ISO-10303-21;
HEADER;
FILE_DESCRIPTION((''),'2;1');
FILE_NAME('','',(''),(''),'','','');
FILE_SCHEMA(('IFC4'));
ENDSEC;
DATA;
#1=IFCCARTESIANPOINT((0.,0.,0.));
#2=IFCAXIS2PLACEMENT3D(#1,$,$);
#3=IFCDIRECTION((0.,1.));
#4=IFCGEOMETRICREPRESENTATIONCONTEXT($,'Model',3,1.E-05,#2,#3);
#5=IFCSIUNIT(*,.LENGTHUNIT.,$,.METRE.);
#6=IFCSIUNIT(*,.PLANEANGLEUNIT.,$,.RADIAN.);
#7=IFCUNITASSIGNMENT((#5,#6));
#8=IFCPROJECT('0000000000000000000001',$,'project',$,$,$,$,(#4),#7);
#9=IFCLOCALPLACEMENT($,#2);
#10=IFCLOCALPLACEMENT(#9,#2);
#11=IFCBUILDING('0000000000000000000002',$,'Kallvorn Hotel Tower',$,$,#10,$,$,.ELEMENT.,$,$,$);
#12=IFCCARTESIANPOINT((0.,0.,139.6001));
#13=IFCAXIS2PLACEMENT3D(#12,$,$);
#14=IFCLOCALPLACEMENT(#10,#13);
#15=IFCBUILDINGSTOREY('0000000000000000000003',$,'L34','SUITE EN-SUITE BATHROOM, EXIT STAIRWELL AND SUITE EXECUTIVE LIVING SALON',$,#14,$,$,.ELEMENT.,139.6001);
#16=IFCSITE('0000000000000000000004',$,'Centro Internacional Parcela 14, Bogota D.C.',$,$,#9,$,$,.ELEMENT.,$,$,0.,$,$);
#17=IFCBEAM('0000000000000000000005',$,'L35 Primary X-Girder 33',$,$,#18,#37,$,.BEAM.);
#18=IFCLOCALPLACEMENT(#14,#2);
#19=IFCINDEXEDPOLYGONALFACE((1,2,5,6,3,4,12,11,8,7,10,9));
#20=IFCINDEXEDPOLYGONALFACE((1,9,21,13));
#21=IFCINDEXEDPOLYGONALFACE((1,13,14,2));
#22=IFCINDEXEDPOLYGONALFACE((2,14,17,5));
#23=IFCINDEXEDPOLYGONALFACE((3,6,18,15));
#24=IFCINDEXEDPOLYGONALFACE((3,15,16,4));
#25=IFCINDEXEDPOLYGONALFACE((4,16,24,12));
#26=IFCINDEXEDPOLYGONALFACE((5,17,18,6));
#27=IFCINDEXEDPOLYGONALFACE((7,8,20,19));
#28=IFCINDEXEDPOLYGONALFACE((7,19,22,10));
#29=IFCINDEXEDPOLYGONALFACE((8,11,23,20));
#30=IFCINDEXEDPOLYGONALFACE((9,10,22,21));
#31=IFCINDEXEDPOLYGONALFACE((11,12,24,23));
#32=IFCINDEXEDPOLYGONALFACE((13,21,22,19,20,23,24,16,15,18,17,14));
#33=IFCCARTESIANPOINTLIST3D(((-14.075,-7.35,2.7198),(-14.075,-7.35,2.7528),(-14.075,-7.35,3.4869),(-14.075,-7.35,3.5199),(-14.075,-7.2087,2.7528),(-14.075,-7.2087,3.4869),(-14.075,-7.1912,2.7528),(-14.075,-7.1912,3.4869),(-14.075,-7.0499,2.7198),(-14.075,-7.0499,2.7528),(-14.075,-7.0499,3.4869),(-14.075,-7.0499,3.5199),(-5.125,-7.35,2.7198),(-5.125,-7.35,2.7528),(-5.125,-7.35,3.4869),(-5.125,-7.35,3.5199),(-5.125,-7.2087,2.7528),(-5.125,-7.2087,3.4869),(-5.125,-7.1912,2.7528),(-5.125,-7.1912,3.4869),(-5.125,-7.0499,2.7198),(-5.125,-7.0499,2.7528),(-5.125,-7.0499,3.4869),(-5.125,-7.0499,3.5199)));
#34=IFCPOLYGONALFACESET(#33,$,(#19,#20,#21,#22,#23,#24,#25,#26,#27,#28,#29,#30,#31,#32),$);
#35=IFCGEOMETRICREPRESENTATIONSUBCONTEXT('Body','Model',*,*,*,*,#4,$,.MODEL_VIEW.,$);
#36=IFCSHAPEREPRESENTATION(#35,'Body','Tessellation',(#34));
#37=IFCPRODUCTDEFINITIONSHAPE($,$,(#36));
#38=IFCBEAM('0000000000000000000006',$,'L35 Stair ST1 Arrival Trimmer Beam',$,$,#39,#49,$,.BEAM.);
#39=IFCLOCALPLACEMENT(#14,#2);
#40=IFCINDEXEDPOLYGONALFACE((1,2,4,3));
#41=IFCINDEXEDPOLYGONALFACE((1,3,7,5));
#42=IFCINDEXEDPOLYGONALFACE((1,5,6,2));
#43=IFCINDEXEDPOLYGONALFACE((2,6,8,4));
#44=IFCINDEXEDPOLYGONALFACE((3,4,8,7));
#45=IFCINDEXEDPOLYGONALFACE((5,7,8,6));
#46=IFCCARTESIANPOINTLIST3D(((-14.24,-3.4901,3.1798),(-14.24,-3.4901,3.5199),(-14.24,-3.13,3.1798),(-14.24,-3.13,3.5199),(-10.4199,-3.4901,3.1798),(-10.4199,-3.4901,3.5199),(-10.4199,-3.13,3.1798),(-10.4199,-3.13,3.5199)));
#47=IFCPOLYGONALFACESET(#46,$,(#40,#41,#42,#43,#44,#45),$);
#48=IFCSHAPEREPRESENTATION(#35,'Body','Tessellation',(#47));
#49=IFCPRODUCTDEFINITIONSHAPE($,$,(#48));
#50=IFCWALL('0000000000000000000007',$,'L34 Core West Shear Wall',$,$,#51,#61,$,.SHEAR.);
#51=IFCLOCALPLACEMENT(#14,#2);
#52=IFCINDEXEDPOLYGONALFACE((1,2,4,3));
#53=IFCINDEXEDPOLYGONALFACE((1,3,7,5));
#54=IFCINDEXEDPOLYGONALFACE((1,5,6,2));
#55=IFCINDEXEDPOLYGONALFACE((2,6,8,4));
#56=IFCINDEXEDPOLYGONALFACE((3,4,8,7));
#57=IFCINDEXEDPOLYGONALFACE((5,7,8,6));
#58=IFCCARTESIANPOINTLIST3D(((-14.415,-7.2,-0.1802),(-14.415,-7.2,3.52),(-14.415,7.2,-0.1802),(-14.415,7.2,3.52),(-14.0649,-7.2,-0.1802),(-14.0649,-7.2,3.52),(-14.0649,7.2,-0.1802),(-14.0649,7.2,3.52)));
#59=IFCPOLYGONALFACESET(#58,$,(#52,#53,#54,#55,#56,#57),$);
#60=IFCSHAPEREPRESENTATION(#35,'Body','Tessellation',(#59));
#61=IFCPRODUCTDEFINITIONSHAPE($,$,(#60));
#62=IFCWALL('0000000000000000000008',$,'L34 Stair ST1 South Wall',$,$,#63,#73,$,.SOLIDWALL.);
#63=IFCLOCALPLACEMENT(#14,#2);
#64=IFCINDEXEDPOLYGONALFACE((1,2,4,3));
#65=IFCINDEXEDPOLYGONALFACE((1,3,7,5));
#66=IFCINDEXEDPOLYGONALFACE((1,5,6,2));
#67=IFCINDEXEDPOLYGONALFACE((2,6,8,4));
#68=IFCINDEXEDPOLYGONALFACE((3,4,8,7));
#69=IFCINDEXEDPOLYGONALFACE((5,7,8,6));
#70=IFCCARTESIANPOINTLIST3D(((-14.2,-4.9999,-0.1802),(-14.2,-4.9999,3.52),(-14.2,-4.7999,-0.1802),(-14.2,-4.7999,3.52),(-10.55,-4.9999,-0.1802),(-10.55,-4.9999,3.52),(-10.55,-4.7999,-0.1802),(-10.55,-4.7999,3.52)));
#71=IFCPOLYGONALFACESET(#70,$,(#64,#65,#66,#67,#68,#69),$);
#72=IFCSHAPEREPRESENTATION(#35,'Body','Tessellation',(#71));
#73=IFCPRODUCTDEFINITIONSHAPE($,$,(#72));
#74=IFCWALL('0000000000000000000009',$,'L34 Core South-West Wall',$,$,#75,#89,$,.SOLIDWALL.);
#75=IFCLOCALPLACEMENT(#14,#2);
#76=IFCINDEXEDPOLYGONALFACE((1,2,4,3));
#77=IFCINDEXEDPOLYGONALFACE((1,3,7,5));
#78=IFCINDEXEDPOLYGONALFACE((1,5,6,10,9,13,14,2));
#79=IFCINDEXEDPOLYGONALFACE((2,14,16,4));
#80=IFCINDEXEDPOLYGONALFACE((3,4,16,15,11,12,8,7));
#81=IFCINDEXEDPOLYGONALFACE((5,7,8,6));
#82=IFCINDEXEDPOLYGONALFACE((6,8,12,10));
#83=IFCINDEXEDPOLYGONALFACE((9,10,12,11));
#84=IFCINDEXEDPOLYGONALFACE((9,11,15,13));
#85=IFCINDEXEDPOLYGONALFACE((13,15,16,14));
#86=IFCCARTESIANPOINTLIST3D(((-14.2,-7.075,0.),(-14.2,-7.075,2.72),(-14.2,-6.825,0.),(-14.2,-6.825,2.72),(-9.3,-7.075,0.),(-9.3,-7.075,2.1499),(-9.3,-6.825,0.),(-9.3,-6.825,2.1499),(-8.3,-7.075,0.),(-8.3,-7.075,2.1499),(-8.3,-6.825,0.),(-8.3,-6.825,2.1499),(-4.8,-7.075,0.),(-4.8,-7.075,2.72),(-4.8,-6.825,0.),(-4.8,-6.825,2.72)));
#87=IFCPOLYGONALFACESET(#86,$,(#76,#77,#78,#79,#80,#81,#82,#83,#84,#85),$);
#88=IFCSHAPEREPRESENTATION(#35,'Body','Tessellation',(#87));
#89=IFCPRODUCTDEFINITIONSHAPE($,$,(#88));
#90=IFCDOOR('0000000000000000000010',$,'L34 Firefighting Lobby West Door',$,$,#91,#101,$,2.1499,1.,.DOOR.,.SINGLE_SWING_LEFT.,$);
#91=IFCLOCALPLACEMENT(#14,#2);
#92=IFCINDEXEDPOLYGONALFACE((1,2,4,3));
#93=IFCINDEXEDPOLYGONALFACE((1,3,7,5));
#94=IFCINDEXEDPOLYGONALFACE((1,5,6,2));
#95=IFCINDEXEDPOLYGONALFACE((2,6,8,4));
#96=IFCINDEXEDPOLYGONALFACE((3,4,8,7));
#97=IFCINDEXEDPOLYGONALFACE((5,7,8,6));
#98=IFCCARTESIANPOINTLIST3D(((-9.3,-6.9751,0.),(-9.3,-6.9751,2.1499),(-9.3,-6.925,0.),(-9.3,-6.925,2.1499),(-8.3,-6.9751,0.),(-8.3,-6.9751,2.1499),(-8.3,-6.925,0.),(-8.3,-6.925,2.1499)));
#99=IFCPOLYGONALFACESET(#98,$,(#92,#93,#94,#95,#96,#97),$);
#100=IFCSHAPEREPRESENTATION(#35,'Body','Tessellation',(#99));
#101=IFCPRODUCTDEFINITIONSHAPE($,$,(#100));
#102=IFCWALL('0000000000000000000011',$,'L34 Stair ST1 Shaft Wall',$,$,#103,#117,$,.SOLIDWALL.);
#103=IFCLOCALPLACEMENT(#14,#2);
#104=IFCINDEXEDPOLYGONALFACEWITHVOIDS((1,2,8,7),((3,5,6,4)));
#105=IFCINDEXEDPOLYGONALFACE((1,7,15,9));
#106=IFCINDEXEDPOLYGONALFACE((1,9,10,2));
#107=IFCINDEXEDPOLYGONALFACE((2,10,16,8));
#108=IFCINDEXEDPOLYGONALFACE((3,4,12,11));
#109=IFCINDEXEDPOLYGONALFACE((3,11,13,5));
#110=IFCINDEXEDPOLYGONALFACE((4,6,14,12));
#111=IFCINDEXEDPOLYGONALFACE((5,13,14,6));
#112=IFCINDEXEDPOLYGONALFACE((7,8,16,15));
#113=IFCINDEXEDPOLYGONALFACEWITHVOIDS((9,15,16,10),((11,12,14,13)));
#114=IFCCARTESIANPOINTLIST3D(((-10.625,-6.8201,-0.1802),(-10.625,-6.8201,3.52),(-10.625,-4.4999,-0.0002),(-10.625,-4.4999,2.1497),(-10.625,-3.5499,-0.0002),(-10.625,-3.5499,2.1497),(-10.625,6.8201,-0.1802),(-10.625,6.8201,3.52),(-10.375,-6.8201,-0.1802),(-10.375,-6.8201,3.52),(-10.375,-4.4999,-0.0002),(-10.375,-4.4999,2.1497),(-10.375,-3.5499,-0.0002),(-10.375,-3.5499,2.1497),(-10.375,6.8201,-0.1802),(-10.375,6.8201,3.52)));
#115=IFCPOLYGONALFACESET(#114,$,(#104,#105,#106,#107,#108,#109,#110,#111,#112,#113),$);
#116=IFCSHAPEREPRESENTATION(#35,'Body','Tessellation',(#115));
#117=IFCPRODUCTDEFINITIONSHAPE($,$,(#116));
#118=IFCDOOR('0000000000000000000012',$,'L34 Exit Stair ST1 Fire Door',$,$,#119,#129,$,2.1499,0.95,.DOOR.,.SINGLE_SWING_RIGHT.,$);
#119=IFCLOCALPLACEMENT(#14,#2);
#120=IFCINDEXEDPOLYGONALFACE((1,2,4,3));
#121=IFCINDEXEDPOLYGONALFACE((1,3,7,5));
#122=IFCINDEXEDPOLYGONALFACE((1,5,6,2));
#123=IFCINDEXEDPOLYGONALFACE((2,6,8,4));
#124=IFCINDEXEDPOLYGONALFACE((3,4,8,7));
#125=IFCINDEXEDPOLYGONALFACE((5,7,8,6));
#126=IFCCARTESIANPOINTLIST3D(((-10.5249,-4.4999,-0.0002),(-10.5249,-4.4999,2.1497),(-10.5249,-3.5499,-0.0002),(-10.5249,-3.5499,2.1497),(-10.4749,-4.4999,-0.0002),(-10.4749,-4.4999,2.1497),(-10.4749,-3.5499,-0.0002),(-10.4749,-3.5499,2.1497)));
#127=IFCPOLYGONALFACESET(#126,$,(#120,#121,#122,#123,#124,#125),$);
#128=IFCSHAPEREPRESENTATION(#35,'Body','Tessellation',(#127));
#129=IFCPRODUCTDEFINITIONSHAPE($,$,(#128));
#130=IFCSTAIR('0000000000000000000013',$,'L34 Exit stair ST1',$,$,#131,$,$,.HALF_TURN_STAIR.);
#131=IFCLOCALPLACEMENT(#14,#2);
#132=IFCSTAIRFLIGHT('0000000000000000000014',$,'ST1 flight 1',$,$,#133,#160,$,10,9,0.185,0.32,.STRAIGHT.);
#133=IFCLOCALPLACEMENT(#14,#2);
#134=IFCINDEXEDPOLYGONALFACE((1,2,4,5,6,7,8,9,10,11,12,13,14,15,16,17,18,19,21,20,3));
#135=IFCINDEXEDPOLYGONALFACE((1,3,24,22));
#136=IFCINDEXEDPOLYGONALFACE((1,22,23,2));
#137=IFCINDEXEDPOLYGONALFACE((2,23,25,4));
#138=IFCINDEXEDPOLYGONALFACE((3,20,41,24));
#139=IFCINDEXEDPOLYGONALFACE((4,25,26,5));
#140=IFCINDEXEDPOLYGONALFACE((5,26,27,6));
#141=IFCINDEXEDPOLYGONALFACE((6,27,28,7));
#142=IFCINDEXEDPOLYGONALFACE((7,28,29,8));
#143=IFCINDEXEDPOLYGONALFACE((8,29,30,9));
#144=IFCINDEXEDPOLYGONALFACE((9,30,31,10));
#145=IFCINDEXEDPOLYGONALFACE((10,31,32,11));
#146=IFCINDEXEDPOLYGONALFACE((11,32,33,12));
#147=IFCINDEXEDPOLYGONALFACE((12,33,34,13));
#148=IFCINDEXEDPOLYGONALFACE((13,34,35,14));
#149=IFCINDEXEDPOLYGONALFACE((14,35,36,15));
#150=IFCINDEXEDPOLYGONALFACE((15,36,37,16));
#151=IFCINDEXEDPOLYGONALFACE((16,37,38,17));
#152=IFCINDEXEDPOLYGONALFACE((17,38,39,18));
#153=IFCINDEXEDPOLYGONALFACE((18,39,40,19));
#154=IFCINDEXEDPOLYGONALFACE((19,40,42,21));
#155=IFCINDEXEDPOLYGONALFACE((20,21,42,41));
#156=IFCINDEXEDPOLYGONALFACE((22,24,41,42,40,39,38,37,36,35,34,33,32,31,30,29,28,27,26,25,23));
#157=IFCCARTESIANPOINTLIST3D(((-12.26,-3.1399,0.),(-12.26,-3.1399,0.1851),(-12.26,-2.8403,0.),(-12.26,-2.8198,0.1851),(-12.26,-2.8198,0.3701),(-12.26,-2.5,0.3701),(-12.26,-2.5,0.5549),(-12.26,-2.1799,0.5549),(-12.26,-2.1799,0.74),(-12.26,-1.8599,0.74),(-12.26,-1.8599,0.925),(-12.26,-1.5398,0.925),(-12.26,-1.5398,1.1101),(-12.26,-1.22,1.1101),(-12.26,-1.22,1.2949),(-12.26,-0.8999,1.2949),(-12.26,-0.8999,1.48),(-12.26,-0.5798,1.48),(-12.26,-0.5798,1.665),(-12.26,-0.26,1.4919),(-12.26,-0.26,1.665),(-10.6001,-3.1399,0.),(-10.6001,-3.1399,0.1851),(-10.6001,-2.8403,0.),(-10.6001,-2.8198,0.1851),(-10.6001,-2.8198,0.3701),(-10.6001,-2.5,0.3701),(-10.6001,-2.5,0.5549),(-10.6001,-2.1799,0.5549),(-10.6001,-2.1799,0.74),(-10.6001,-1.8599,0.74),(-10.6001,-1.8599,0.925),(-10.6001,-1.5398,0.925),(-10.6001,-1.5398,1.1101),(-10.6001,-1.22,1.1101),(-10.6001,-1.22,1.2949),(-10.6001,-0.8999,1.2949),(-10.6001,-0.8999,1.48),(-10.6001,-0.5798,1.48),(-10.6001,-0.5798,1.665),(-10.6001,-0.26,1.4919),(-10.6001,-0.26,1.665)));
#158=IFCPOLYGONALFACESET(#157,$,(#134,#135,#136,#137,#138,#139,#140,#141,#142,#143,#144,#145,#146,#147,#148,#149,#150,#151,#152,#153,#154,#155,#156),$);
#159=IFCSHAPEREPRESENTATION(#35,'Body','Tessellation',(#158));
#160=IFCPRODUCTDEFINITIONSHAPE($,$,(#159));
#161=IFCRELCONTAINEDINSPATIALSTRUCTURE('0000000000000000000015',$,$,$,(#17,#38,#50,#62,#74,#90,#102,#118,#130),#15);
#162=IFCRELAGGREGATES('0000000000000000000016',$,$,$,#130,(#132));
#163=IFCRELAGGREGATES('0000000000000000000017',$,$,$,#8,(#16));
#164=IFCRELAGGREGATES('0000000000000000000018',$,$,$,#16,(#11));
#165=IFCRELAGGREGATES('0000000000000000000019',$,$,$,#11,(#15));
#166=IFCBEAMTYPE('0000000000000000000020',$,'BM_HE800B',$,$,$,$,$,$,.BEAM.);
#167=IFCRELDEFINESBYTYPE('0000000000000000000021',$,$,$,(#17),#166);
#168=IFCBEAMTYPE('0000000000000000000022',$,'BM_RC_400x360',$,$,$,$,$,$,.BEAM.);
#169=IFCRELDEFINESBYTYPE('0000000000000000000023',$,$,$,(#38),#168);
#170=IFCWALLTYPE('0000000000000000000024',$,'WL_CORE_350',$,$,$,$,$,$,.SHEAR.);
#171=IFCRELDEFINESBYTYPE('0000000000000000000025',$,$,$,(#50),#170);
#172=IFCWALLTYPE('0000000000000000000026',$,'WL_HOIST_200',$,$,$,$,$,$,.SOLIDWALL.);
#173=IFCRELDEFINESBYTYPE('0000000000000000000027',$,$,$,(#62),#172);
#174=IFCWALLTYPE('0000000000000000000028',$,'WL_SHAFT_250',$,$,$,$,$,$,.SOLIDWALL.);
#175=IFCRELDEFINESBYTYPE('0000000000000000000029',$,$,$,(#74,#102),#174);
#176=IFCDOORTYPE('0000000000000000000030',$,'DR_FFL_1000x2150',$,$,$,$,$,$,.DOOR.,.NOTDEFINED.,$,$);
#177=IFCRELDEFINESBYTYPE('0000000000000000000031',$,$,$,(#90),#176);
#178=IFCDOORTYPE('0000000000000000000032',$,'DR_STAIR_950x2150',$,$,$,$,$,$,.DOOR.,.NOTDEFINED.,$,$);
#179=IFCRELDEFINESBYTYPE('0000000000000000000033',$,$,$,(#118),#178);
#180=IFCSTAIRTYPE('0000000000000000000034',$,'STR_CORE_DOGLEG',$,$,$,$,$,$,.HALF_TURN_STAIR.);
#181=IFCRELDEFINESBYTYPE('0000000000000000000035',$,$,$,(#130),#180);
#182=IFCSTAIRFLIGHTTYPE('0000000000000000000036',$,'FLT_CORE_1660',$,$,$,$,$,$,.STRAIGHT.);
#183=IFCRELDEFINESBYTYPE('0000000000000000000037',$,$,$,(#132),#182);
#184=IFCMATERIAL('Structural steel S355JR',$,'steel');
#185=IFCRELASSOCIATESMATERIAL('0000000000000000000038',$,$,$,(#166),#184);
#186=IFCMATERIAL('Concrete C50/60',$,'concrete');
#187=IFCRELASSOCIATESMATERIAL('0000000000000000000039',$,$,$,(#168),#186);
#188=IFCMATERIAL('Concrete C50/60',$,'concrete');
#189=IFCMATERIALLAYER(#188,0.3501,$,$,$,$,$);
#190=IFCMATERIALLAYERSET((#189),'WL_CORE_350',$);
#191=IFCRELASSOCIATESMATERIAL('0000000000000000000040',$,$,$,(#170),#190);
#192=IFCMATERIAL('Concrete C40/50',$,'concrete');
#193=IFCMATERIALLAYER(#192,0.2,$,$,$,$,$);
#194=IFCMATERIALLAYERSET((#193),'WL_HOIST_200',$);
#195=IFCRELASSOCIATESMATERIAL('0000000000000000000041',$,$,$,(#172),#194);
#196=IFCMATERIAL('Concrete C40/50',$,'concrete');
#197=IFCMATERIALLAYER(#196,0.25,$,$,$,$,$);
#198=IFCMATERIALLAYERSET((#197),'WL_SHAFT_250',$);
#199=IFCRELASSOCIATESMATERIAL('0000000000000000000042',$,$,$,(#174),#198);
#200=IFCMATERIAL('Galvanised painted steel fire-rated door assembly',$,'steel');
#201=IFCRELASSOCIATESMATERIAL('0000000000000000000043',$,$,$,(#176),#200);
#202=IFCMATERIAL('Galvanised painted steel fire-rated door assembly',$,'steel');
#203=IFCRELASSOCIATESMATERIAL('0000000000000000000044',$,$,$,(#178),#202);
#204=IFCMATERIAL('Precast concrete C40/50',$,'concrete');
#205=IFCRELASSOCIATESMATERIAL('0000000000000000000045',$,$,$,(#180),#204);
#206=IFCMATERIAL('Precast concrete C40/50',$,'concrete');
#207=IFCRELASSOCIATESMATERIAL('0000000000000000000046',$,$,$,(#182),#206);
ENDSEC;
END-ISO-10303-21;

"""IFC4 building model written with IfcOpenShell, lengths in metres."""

from ifc_helpers import new_model, si_unit, direction, frame, frame_2d, origin, origin_2d, place, context, subcontext, project, spatial, polyline, rectangle, i_section, outline, extrude, material, layer, layer_set, material_profile, profile_set, type_object, element, fill, aggregate, save


model = new_model("IFC4")

# Units and contexts
model_context = context("Model", 3, precision=1e-05, world=origin(), true_north=direction((0.0, 1.0)))
body_context = subcontext(model_context, "Body", "Model", "MODEL_VIEW")
ifc_project = project(units=[si_unit("LENGTHUNIT", "METRE"), si_unit("PLANEANGLEUNIT", "RADIAN")], contexts=[model_context])

# Site, building, storey
site_placement = place(None, origin())
site = spatial("IfcSite", under=ifc_project, at=site_placement, Name="Centro Internacional Parcela 14, Bogota D.C.", CompositionType="ELEMENT", RefElevation=0.0)
building_placement = place(site_placement, origin())
building = spatial("IfcBuilding", under=site, at=building_placement, Name="Kallvorn Hotel Tower", CompositionType="ELEMENT")
storey_placement = place(building_placement, frame((0.0, 0.0, 139.6001)))
storey = spatial("IfcBuildingStorey", under=building, at=storey_placement, Name="L34", Description="SUITE EN-SUITE BATHROOM, EXIT STAIRWELL AND SUITE EXECUTIVE LIVING SALON", CompositionType="ELEMENT", Elevation=139.6001)

# Beams
ifc_material_1 = material(Name="Structural steel S355JR", Category="steel")
ifc_material_profile_1 = material_profile(ifc_material_1, i_section(OverallWidth=0.3, OverallDepth=0.8, WebThickness=0.0176, FlangeThickness=0.033, at=origin_2d()), Name="HE 800 B")
ifc_profile_set_1 = profile_set([ifc_material_profile_1], Name="Structural steel S355JR")
beam_type_1 = type_object("IfcBeamType", Name="BM_HE800B", PredefinedType="BEAM", material=ifc_profile_set_1)
beam_1_placement = place(storey_placement, frame((-14.075, -7.2, 3.1199), z_axis=(1.0, 0.0, 0.0), x_axis=(0.0, 1.0, 0.0)))
element("IfcBeam", 1, at=beam_1_placement, inside=storey, type_object=beam_type_1, Name="L35 Primary X-Girder 33", PredefinedType="BEAM", context=body_context, shape_type="SweptSolid", body=[
    extrude(i_section(OverallWidth=0.3, OverallDepth=0.8, WebThickness=0.0176, FlangeThickness=0.033, at=origin_2d()), origin(), (0.0, 0.0, 1.0), 8.95),
])
ifc_material_2 = material(Name="Concrete C50/60", Category="concrete")
ifc_material_profile_2 = material_profile(ifc_material_2, rectangle(XDim=0.3601, YDim=0.3401, at=origin_2d()), Name="RC 360x340")
ifc_profile_set_2 = profile_set([ifc_material_profile_2], Name="Concrete C50/60")
beam_type_2 = type_object("IfcBeamType", Name="BM_RC_400x360", PredefinedType="BEAM", material=ifc_profile_set_2)
beam_2_placement = place(storey_placement, frame((-10.4199, -3.3101, 3.3499), z_axis=(-1.0, 0.0, 0.0), x_axis=(0.0, -1.0, 0.0)))
element("IfcBeam", 2, at=beam_2_placement, inside=storey, type_object=beam_type_2, Name="L35 Stair ST1 Arrival Trimmer Beam", PredefinedType="BEAM", context=body_context, shape_type="SweptSolid", body=[
    extrude(rectangle(XDim=0.3601, YDim=0.3401, at=origin_2d()), origin(), (0.0, 0.0, 1.0), 3.8201),
])

# Walls
ifc_material_3 = material(Name="Concrete C50/60", Category="concrete")
ifc_layer_1 = layer(ifc_material_3, 0.3501)
ifc_layer_set_1 = layer_set([ifc_layer_1], Name="WL_CORE_350")
wall_type_1 = type_object("IfcWallType", Name="WL_CORE_350", PredefinedType="SHEAR", material=ifc_layer_set_1)
wall_1_placement = place(storey_placement, frame((-14.24, -7.2, -0.1802), z_axis=(0.0, 0.0, 1.0), x_axis=(0.0, 1.0, 0.0)))
element("IfcWall", 3, at=wall_1_placement, inside=storey, type_object=wall_type_1, Name="L34 Core West Shear Wall", PredefinedType="SHEAR", context=body_context, shape_type="SweptSolid", body=[
    extrude(rectangle(XDim=14.3999, YDim=0.3501, at=frame_2d((7.2, 0.0))), origin(), (0.0, 0.0, 1.0), 3.7002),
])
ifc_material_4 = material(Name="Concrete C40/50", Category="concrete")
ifc_layer_2 = layer(ifc_material_4, 0.2)
ifc_layer_set_2 = layer_set([ifc_layer_2], Name="WL_HOIST_200")
wall_type_2 = type_object("IfcWallType", Name="WL_HOIST_200", PredefinedType="SOLIDWALL", material=ifc_layer_set_2)
wall_2_placement = place(storey_placement, frame((-14.2, -4.8999, -0.1802), z_axis=(0.0, 0.0, 1.0), x_axis=(1.0, 0.0, 0.0)))
element("IfcWall", 4, at=wall_2_placement, inside=storey, type_object=wall_type_2, Name="L34 Stair ST1 South Wall", PredefinedType="SOLIDWALL", context=body_context, shape_type="SweptSolid", body=[
    extrude(rectangle(XDim=3.6499, YDim=0.2, at=frame_2d((1.825, 0.0))), origin(), (0.0, 0.0, 1.0), 3.7002),
])

# Walls, openings, doors
ifc_material_5 = material(Name="Concrete C40/50", Category="concrete")
ifc_layer_3 = layer(ifc_material_5, 0.25)
ifc_layer_set_3 = layer_set([ifc_layer_3], Name="WL_SHAFT_250")
wall_type_3 = type_object("IfcWallType", Name="WL_SHAFT_250", PredefinedType="SOLIDWALL", material=ifc_layer_set_3)
wall_3_placement = place(storey_placement, frame((-14.2, -6.95, 0.0), z_axis=(0.0, 0.0, 1.0), x_axis=(1.0, 0.0, 0.0)))
wall_3 = element("IfcWall", 5, at=wall_3_placement, inside=storey, type_object=wall_type_3, Name="L34 Core South-West Wall", PredefinedType="SOLIDWALL", context=body_context, shape_type="SweptSolid", body=[
    extrude(rectangle(XDim=9.3999, YDim=0.25, at=frame_2d((4.7, 0.0))), origin(), (0.0, 0.0, 1.0), 2.72),
])
opening_1_placement = place(wall_3_placement, frame((4.8999, 0.0, 0.0)))
opening_1 = element("IfcOpeningElement", 6, at=opening_1_placement, cuts=wall_3, PredefinedType="OPENING", context=body_context, shape_type="SweptSolid", body=[
    extrude(rectangle(XDim=1.0, YDim=2.1499, at=frame_2d((0.5, 1.075))), frame((0.0, 0.1399, 0.0), z_axis=(0.0, -1.0, 0.0), x_axis=(1.0, 0.0, 0.0)), (0.0, 0.0, 1.0), 0.28),
])
ifc_material_6 = material(Name="Galvanised painted steel fire-rated door assembly", Category="steel")
door_type_1 = type_object("IfcDoorType", Name="DR_FFL_1000x2150", OperationType="NOTDEFINED", PredefinedType="DOOR", material=ifc_material_6)
door_1_placement = place(opening_1_placement, origin())
door_1 = element("IfcDoor", 7, at=door_1_placement, inside=storey, type_object=door_type_1, Name="L34 Firefighting Lobby West Door", OperationType="SINGLE_SWING_LEFT", OverallHeight=2.1499, OverallWidth=1.0, PredefinedType="DOOR", context=body_context, shape_type="SweptSolid", body=[
    extrude(rectangle(XDim=1.0, YDim=2.1499, at=frame_2d((0.5, 1.075))), frame((0.0, 0.0249, 0.0), z_axis=(0.0, -1.0, 0.0), x_axis=(1.0, 0.0, 0.0)), (0.0, 0.0, 1.0), 0.05),
])
fill(opening_1, door_1)
wall_4_placement = place(storey_placement, frame((-10.5, -6.8201, -0.1802), z_axis=(0.0, 0.0, 1.0), x_axis=(0.0, 1.0, 0.0)))
wall_4 = element("IfcWall", 8, at=wall_4_placement, inside=storey, type_object=wall_type_3, Name="L34 Stair ST1 Shaft Wall", PredefinedType="SOLIDWALL", context=body_context, shape_type="SweptSolid", body=[
    extrude(rectangle(XDim=13.6401, YDim=0.25, at=frame_2d((6.8201, 0.0))), origin(), (0.0, 0.0, 1.0), 3.7002),
])
opening_2_placement = place(wall_4_placement, frame((2.3201, 0.0, 0.1799)))
opening_2 = element("IfcOpeningElement", 9, at=opening_2_placement, cuts=wall_4, PredefinedType="OPENING", context=body_context, shape_type="SweptSolid", body=[
    extrude(rectangle(XDim=0.95, YDim=2.1499, at=frame_2d((0.4751, 1.075))), frame((0.0, 0.1399, 0.0), z_axis=(0.0, -1.0, 0.0), x_axis=(1.0, 0.0, 0.0)), (0.0, 0.0, 1.0), 0.28),
])
ifc_material_7 = material(Name="Galvanised painted steel fire-rated door assembly", Category="steel")
door_type_2 = type_object("IfcDoorType", Name="DR_STAIR_950x2150", OperationType="NOTDEFINED", PredefinedType="DOOR", material=ifc_material_7)
door_2_placement = place(opening_2_placement, origin())
door_2 = element("IfcDoor", 10, at=door_2_placement, inside=storey, type_object=door_type_2, Name="L34 Exit Stair ST1 Fire Door", OperationType="SINGLE_SWING_RIGHT", OverallHeight=2.1499, OverallWidth=0.95, PredefinedType="DOOR", context=body_context, shape_type="SweptSolid", body=[
    extrude(rectangle(XDim=0.95, YDim=2.1499, at=frame_2d((0.4751, 1.075))), frame((0.0, 0.0249, 0.0), z_axis=(0.0, -1.0, 0.0), x_axis=(1.0, 0.0, 0.0)), (0.0, 0.0, 1.0), 0.05),
])
fill(opening_2, door_2)

# Stair, stair flight
ifc_material_8 = material(Name="Precast concrete C40/50", Category="concrete")
stair_type = type_object("IfcStairType", Name="STR_CORE_DOGLEG", PredefinedType="HALF_TURN_STAIR", material=ifc_material_8)
stair_placement = place(storey_placement, origin())
stair = element("IfcStair", 11, at=stair_placement, inside=storey, type_object=stair_type, Name="L34 Exit stair ST1", PredefinedType="HALF_TURN_STAIR")
ifc_material_9 = material(Name="Precast concrete C40/50", Category="concrete")
stair_flight_type = type_object("IfcStairFlightType", Name="FLT_CORE_1660", PredefinedType="STRAIGHT", material=ifc_material_9)
stair_flight_1_placement = place(storey_placement, frame((-11.4299, -3.1399, 0.0), z_axis=(0.0, 0.0, 1.0), x_axis=(0.0, 1.0, 0.0)))
stair_flight_1 = element("IfcStairFlight", 12, at=stair_flight_1_placement, type_object=stair_flight_type, Name="ST1 flight 1", NumberOfRisers=10, NumberOfTreads=9, PredefinedType="STRAIGHT", RiserHeight=0.185, TreadLength=0.32, context=body_context, shape_type="SweptSolid", body=[
    extrude(outline(polyline([(0.0, 0.0), (0.0, 0.1851), (0.3201, 0.1851), (0.3201, 0.3701), (0.6399, 0.3701), (0.6399, 0.5549), (0.96, 0.5549), (0.96, 0.74), (1.28, 0.74), (1.28, 0.925), (1.6001, 0.925), (1.6001, 1.1101), (1.9199, 1.1101), (1.9199, 1.2949), (2.24, 1.2949), (2.24, 1.48), (2.5601, 1.48), (2.5601, 1.665), (2.8799, 1.665), (2.8799, 1.8501), (2.8799, 1.4919), (0.2996, 0.0), (0.0, 0.0)])), frame((0.0, 0.8301, 0.0), z_axis=(0.0, -1.0, 0.0), x_axis=(1.0, 0.0, 0.0)), (0.0, 0.0, 1.0), 1.6599),
])
aggregate(stair, [stair_flight_1])

save(model, "model.ifc")
